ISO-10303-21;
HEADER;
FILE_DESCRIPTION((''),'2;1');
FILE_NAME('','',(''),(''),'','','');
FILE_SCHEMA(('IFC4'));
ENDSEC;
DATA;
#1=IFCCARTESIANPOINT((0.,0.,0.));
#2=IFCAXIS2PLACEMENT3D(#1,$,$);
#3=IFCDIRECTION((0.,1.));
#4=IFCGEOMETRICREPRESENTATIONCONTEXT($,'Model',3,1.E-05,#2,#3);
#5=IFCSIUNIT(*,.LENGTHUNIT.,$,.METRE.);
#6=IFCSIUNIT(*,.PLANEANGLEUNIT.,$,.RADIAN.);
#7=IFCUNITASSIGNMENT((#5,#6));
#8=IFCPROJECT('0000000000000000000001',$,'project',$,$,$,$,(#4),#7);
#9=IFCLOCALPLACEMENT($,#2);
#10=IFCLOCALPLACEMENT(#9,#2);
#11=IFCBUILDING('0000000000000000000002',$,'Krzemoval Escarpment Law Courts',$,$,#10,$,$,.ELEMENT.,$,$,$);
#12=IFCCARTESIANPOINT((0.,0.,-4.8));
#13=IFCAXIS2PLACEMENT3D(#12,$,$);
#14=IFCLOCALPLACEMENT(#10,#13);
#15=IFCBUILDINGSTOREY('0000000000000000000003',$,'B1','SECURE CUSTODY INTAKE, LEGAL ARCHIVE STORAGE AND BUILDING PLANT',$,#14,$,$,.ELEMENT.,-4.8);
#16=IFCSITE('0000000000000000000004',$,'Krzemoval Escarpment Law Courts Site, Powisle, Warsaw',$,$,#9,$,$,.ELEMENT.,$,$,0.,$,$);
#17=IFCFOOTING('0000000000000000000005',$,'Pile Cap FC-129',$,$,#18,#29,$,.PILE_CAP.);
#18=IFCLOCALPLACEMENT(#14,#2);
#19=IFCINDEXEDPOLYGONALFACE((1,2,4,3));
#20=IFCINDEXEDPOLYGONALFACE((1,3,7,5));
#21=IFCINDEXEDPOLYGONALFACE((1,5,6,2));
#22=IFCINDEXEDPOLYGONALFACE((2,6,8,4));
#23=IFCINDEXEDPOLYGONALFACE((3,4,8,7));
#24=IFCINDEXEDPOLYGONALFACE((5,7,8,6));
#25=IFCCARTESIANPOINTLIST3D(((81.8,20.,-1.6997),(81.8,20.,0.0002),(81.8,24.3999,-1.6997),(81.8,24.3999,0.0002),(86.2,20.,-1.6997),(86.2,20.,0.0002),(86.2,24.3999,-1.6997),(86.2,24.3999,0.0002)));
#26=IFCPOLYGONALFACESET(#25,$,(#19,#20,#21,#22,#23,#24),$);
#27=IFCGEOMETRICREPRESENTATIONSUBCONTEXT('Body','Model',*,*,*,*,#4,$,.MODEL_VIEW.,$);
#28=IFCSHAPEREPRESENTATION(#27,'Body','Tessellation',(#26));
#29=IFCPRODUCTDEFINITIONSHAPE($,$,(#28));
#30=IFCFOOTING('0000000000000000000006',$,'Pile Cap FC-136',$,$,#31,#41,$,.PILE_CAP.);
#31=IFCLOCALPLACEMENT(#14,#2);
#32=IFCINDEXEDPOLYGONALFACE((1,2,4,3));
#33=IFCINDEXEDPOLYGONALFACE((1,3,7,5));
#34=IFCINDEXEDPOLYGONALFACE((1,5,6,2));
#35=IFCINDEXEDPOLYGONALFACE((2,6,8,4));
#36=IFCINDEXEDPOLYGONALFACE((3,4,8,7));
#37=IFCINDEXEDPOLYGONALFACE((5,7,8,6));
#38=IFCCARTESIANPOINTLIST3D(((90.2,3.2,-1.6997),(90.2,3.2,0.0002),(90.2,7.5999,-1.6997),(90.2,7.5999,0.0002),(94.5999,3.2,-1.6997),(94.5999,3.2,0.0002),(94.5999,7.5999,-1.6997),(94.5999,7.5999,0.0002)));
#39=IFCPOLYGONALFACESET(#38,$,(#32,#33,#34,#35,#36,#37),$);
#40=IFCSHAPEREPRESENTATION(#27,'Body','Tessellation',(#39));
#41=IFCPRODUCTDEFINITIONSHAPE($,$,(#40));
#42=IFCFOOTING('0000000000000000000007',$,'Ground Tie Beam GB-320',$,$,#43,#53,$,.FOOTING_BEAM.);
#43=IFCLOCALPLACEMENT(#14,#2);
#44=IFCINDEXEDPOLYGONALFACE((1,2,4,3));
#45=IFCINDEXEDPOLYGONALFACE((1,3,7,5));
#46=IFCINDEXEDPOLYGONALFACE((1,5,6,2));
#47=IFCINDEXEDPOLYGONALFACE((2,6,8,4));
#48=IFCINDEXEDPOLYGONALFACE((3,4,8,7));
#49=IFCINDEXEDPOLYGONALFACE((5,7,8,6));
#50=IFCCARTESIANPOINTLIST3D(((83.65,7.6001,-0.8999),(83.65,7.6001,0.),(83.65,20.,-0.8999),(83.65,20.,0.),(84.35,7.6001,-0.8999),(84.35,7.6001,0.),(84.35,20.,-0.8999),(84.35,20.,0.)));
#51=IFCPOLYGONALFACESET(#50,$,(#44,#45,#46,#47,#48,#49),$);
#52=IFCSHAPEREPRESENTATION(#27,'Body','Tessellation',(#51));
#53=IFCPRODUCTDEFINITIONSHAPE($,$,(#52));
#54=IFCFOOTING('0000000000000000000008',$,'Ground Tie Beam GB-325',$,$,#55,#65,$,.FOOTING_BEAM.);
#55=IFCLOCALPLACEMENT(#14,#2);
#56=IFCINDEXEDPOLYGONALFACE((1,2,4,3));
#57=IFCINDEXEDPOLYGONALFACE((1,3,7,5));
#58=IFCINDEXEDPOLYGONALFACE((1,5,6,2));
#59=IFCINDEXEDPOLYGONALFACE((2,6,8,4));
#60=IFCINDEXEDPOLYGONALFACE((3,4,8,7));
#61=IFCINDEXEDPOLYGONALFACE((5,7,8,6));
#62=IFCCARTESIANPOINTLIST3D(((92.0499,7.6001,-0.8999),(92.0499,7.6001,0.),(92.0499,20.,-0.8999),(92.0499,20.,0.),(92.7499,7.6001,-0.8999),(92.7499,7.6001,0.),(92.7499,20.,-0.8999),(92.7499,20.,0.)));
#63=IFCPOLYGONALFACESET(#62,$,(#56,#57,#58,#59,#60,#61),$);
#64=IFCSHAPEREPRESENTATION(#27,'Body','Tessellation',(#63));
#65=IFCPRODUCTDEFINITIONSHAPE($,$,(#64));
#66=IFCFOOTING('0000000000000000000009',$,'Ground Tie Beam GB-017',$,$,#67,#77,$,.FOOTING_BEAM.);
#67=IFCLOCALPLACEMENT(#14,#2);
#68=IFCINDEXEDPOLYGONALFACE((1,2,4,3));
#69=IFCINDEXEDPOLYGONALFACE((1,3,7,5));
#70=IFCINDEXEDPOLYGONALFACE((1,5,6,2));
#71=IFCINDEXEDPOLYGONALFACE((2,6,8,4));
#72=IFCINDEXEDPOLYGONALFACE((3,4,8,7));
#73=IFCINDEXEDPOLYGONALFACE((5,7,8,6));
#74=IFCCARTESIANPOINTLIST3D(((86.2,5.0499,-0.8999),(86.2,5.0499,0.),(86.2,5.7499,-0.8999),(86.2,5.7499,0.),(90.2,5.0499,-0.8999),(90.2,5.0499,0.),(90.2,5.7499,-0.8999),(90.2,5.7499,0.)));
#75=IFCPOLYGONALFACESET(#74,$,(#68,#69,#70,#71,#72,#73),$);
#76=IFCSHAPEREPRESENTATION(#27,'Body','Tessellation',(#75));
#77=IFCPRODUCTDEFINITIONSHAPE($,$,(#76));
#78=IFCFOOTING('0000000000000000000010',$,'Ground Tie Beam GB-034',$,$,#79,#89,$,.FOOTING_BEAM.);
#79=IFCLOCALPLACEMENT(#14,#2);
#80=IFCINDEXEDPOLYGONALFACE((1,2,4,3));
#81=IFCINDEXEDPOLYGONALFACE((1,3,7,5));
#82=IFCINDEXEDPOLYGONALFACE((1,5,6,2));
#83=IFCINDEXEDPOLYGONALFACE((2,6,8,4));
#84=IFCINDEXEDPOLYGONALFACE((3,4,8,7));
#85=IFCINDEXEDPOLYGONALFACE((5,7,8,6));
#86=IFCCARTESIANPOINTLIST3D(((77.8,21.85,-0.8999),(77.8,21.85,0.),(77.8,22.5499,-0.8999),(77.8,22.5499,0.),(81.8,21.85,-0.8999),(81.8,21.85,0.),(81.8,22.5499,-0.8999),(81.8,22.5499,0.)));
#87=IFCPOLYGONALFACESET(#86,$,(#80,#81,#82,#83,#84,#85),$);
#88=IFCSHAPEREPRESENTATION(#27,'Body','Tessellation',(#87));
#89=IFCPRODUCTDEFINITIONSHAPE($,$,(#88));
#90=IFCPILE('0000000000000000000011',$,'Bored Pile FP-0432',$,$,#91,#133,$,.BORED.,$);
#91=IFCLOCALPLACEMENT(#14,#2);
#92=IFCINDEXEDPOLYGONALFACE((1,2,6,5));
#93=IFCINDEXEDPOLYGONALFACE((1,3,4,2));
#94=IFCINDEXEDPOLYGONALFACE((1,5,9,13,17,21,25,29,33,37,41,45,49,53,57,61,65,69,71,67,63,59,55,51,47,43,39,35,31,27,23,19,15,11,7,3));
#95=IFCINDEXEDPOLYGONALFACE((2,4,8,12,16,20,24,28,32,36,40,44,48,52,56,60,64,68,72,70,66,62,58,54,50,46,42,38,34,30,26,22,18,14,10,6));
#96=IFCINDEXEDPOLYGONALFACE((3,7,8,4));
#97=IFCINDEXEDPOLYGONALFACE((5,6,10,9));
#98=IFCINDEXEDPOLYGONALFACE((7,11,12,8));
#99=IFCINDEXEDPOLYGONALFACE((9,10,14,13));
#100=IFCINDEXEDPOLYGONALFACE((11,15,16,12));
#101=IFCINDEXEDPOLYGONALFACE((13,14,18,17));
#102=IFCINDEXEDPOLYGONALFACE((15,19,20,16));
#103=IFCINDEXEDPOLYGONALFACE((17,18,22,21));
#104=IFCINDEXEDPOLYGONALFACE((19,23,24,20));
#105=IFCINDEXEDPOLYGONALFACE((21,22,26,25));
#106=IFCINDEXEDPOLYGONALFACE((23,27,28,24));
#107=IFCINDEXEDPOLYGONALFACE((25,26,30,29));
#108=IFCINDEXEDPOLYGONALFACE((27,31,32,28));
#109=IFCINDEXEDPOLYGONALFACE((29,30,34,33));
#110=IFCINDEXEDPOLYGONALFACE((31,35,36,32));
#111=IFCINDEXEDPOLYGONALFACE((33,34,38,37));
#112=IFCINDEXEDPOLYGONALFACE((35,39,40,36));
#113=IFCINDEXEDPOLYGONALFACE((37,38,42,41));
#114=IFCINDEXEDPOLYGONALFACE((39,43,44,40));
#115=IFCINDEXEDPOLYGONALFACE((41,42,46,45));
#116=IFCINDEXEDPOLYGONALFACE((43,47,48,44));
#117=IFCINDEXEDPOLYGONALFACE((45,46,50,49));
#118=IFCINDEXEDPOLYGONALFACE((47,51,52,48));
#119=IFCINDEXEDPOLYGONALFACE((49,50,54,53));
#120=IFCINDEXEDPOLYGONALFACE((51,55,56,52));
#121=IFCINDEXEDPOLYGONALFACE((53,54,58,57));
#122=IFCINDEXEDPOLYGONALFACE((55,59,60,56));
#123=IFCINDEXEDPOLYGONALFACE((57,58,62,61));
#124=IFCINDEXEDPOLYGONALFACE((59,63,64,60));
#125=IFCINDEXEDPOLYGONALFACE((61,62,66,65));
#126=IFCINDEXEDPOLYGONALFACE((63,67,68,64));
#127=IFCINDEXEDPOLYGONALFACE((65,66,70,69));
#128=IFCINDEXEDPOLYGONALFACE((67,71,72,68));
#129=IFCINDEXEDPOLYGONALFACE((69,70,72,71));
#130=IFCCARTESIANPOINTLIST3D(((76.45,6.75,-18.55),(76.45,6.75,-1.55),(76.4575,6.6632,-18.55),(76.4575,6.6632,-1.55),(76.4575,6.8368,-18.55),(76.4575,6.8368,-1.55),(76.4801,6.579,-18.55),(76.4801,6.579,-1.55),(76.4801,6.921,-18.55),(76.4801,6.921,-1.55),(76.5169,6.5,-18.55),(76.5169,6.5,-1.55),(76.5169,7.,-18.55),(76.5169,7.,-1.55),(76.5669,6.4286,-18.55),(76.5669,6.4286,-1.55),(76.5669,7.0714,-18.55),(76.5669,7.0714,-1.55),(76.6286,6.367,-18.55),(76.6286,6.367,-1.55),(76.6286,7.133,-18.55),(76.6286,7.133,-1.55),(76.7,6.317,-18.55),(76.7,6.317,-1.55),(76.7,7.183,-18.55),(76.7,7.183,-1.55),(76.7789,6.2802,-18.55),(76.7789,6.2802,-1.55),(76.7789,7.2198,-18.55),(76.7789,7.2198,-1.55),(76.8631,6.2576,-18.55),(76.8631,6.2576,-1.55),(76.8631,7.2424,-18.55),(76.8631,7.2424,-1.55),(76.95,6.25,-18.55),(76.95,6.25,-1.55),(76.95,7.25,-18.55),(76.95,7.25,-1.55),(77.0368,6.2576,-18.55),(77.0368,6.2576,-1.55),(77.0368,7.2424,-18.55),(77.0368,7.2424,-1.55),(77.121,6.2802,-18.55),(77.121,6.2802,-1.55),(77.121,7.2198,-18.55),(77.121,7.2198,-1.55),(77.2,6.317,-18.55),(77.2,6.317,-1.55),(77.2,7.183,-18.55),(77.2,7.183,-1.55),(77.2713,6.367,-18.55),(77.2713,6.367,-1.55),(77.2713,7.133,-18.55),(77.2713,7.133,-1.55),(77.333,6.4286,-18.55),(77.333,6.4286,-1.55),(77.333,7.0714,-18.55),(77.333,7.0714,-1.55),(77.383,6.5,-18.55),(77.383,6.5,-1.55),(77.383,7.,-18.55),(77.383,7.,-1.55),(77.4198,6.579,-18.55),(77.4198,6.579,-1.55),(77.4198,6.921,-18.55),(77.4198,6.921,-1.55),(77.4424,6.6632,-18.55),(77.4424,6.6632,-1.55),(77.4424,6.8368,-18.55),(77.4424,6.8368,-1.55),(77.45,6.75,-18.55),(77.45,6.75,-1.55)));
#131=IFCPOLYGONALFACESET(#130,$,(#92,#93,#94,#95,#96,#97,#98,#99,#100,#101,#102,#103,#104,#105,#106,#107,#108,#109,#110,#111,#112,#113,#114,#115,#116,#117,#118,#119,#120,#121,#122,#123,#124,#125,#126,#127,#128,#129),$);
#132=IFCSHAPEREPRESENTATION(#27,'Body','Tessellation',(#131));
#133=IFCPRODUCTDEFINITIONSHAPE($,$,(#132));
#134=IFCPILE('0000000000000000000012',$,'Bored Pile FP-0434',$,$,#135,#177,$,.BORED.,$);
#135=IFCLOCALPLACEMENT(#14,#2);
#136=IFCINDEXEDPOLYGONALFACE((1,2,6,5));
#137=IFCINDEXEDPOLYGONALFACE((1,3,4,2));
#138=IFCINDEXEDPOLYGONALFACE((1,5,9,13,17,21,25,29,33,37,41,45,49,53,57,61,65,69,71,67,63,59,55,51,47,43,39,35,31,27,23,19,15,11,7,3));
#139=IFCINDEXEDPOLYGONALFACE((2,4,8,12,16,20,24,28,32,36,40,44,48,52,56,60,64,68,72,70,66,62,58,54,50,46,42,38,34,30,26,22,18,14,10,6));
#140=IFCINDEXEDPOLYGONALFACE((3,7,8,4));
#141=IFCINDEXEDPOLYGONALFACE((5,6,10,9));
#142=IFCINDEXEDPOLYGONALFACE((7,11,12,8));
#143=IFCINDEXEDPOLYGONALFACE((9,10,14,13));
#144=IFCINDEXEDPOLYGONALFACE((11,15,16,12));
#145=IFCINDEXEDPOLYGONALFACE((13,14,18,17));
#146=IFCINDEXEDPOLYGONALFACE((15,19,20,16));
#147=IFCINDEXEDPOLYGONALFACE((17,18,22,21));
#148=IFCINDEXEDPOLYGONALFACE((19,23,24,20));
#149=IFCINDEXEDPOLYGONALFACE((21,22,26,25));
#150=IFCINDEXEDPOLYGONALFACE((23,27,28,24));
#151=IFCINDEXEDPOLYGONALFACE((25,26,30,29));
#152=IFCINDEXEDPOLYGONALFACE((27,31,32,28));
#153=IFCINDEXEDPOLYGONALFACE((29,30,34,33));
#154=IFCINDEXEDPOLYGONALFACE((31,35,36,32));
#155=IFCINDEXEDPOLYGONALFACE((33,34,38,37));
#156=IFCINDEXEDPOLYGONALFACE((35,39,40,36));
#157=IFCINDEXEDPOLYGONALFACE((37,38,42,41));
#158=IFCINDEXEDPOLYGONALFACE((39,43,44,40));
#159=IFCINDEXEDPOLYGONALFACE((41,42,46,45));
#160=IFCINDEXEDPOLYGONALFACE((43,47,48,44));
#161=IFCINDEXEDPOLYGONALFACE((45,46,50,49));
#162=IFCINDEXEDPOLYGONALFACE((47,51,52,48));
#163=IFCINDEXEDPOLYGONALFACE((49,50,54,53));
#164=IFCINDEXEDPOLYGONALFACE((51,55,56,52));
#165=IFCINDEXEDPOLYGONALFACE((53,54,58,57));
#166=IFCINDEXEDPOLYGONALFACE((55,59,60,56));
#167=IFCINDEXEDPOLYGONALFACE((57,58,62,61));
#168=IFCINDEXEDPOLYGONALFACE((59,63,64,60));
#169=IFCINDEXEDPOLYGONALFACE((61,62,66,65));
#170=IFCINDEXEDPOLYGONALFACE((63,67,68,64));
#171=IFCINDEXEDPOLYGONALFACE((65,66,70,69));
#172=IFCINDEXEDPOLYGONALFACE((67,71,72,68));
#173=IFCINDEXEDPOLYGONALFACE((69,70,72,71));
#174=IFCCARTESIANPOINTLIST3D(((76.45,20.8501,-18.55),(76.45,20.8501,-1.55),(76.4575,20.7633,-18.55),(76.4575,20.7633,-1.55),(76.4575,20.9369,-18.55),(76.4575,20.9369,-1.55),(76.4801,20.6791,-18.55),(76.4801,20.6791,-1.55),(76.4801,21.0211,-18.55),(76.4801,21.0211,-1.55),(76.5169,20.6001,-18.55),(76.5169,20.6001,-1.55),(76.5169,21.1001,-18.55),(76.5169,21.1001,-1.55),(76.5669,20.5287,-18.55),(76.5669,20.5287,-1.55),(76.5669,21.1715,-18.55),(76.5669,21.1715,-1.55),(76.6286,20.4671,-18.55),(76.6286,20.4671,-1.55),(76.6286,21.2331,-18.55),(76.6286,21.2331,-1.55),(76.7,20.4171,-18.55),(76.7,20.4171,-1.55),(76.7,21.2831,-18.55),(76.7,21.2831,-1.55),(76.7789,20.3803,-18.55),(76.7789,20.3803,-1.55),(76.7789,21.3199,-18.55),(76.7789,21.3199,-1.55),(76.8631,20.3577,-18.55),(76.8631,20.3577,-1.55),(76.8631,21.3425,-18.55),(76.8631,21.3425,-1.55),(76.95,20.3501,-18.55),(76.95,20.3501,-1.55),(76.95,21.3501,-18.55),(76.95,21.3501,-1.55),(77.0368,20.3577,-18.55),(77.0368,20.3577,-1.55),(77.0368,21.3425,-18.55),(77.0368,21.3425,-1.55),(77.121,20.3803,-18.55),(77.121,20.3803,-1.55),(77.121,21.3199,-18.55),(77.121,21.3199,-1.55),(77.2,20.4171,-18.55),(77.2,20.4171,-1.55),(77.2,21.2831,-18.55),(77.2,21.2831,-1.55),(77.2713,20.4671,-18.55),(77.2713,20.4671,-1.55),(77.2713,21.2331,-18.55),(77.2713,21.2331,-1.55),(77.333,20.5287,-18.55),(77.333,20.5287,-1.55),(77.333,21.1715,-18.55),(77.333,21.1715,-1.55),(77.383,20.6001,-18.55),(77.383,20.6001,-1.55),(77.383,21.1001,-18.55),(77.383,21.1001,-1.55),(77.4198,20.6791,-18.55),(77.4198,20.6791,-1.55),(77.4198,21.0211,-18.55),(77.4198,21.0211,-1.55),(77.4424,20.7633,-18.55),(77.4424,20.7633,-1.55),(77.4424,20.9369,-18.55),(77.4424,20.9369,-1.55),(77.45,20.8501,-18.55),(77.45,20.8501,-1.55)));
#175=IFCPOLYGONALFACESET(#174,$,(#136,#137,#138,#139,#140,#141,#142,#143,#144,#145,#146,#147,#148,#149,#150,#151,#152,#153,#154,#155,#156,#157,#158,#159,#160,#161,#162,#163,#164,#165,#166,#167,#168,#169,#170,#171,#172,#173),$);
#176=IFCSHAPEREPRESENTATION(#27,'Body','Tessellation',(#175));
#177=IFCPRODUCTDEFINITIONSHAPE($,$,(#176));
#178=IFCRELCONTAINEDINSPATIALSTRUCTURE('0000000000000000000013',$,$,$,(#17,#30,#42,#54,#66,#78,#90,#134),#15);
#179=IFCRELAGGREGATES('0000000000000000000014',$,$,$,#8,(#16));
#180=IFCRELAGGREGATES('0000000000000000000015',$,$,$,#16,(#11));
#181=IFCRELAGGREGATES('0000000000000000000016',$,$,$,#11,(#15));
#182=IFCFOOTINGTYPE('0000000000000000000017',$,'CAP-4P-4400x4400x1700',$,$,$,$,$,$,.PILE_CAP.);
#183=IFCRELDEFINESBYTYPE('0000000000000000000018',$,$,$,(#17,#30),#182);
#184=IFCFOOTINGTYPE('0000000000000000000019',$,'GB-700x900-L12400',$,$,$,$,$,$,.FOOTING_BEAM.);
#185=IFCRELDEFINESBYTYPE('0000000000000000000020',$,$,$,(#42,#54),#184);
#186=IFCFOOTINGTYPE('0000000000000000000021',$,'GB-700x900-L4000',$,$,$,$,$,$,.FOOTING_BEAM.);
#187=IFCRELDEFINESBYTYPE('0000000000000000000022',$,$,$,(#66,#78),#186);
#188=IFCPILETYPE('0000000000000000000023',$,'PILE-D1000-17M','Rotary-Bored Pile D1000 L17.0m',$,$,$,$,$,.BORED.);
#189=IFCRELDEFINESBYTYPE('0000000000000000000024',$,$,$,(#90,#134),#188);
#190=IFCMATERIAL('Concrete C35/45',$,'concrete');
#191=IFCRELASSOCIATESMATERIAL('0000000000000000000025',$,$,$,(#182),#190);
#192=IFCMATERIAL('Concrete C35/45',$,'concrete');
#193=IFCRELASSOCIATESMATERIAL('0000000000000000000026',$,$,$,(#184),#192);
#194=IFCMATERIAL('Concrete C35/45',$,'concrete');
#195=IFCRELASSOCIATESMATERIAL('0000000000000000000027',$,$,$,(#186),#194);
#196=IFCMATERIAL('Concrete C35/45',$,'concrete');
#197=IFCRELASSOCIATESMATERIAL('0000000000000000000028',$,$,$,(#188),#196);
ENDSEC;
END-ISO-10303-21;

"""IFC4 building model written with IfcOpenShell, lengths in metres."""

from ifc_helpers import new_model, si_unit, direction, frame, origin, origin_2d, place, context, subcontext, project, spatial, rectangle, circle, extrude, material, material_profile, profile_set, type_object, element, save


model = new_model("IFC4")

# Units and contexts
model_context = context("Model", 3, precision=1e-05, world=origin(), true_north=direction((0.0, 1.0)))
body_context = subcontext(model_context, "Body", "Model", "MODEL_VIEW")
ifc_project = project(units=[si_unit("LENGTHUNIT", "METRE"), si_unit("PLANEANGLEUNIT", "RADIAN")], contexts=[model_context])

# Site, building, storey
site_placement = place(None, origin())
site = spatial("IfcSite", under=ifc_project, at=site_placement, Name="Krzemoval Escarpment Law Courts Site, Powisle, Warsaw", CompositionType="ELEMENT", RefElevation=0.0)
building_placement = place(site_placement, origin())
building = spatial("IfcBuilding", under=site, at=building_placement, Name="Krzemoval Escarpment Law Courts", CompositionType="ELEMENT")
storey_placement = place(building_placement, frame((0.0, 0.0, -4.8)))
storey = spatial("IfcBuildingStorey", under=building, at=storey_placement, Name="B1", Description="SECURE CUSTODY INTAKE, LEGAL ARCHIVE STORAGE AND BUILDING PLANT", CompositionType="ELEMENT", Elevation=-4.8)

# Footings
ifc_material_1 = material(Name="Concrete C35/45", Category="concrete")
footing_type_1 = type_object("IfcFootingType", Name="CAP-4P-4400x4400x1700", PredefinedType="PILE_CAP", material=ifc_material_1)
for number, where, z_axis, x_axis, name in (
    (1, (84.0, 22.2, -1.6997), (0.0, 0.0, 1.0), (1.0, 0.0, 0.0), "Pile Cap FC-129"),
    (2, (92.3999, 5.3999, -1.6997), (0.0, 0.0, 1.0), (1.0, 0.0, 0.0), "Pile Cap FC-136"),
):
    element("IfcFooting", number, at=place(storey_placement, frame(where, z_axis=z_axis, x_axis=x_axis)), inside=storey, type_object=footing_type_1, Name=name, PredefinedType="PILE_CAP", context=body_context, shape_type="SweptSolid", body=[
        extrude(rectangle(XDim=4.3999, YDim=4.3999, at=origin_2d()), origin(), (0.0, 0.0, 1.0), 1.7),
    ])
ifc_material_2 = material(Name="Concrete C35/45", Category="concrete")
footing_type_2 = type_object("IfcFootingType", Name="GB-700x900-L12400", PredefinedType="FOOTING_BEAM", material=ifc_material_2)
for number, where, z_axis, x_axis, name in (
    (3, (84.0, 13.8, -0.8999), (0.0, 0.0, 1.0), (0.0, 1.0, 0.0), "Ground Tie Beam GB-320"),
    (4, (92.3999, 13.8, -0.8999), (0.0, 0.0, 1.0), (0.0, 1.0, 0.0), "Ground Tie Beam GB-325"),
):
    element("IfcFooting", number, at=place(storey_placement, frame(where, z_axis=z_axis, x_axis=x_axis)), inside=storey, type_object=footing_type_2, Name=name, PredefinedType="FOOTING_BEAM", context=body_context, shape_type="SweptSolid", body=[
        extrude(rectangle(XDim=12.3999, YDim=0.7, at=origin_2d()), origin(), (0.0, 0.0, 1.0), 0.8999),
    ])
ifc_material_3 = material(Name="Concrete C35/45", Category="concrete")
footing_type_3 = type_object("IfcFootingType", Name="GB-700x900-L4000", PredefinedType="FOOTING_BEAM", material=ifc_material_3)
for number, where, z_axis, x_axis, name in (
    (5, (88.2, 5.3999, -0.8999), (0.0, 0.0, 1.0), (1.0, 0.0, 0.0), "Ground Tie Beam GB-017"),
    (6, (79.8, 22.2, -0.8999), (0.0, 0.0, 1.0), (1.0, 0.0, 0.0), "Ground Tie Beam GB-034"),
):
    element("IfcFooting", number, at=place(storey_placement, frame(where, z_axis=z_axis, x_axis=x_axis)), inside=storey, type_object=footing_type_3, Name=name, PredefinedType="FOOTING_BEAM", context=body_context, shape_type="SweptSolid", body=[
        extrude(rectangle(XDim=4.0, YDim=0.7, at=origin_2d()), origin(), (0.0, 0.0, 1.0), 0.8999),
    ])

# Piles
ifc_material_4 = material(Name="Concrete C35/45", Category="concrete")
ifc_material_profile_1 = material_profile(ifc_material_4, circle(Radius=0.5, at=origin_2d()), Name="PILE D1000")
ifc_profile_set_1 = profile_set([ifc_material_profile_1], Name="Concrete C35/45")
pile_type = type_object("IfcPileType", Name="PILE-D1000-17M", Description="Rotary-Bored Pile D1000 L17.0m", PredefinedType="BORED", material=ifc_profile_set_1)
for number, where, z_axis, x_axis, name in (
    (7, (76.95, 6.75, -1.55), (0.0, 0.0, -1.0), (1.0, 0.0, 0.0), "Bored Pile FP-0432"),
    (8, (76.95, 20.8501, -1.55), (0.0, 0.0, -1.0), (1.0, 0.0, 0.0), "Bored Pile FP-0434"),
):
    element("IfcPile", number, at=place(storey_placement, frame(where, z_axis=z_axis, x_axis=x_axis)), inside=storey, type_object=pile_type, Name=name, PredefinedType="BORED", context=body_context, shape_type="SweptSolid", body=[
        extrude(circle(Radius=0.5, at=origin_2d()), origin(), (0.0, 0.0, 1.0), 17.0),
    ])

save(model, "model.ifc")
